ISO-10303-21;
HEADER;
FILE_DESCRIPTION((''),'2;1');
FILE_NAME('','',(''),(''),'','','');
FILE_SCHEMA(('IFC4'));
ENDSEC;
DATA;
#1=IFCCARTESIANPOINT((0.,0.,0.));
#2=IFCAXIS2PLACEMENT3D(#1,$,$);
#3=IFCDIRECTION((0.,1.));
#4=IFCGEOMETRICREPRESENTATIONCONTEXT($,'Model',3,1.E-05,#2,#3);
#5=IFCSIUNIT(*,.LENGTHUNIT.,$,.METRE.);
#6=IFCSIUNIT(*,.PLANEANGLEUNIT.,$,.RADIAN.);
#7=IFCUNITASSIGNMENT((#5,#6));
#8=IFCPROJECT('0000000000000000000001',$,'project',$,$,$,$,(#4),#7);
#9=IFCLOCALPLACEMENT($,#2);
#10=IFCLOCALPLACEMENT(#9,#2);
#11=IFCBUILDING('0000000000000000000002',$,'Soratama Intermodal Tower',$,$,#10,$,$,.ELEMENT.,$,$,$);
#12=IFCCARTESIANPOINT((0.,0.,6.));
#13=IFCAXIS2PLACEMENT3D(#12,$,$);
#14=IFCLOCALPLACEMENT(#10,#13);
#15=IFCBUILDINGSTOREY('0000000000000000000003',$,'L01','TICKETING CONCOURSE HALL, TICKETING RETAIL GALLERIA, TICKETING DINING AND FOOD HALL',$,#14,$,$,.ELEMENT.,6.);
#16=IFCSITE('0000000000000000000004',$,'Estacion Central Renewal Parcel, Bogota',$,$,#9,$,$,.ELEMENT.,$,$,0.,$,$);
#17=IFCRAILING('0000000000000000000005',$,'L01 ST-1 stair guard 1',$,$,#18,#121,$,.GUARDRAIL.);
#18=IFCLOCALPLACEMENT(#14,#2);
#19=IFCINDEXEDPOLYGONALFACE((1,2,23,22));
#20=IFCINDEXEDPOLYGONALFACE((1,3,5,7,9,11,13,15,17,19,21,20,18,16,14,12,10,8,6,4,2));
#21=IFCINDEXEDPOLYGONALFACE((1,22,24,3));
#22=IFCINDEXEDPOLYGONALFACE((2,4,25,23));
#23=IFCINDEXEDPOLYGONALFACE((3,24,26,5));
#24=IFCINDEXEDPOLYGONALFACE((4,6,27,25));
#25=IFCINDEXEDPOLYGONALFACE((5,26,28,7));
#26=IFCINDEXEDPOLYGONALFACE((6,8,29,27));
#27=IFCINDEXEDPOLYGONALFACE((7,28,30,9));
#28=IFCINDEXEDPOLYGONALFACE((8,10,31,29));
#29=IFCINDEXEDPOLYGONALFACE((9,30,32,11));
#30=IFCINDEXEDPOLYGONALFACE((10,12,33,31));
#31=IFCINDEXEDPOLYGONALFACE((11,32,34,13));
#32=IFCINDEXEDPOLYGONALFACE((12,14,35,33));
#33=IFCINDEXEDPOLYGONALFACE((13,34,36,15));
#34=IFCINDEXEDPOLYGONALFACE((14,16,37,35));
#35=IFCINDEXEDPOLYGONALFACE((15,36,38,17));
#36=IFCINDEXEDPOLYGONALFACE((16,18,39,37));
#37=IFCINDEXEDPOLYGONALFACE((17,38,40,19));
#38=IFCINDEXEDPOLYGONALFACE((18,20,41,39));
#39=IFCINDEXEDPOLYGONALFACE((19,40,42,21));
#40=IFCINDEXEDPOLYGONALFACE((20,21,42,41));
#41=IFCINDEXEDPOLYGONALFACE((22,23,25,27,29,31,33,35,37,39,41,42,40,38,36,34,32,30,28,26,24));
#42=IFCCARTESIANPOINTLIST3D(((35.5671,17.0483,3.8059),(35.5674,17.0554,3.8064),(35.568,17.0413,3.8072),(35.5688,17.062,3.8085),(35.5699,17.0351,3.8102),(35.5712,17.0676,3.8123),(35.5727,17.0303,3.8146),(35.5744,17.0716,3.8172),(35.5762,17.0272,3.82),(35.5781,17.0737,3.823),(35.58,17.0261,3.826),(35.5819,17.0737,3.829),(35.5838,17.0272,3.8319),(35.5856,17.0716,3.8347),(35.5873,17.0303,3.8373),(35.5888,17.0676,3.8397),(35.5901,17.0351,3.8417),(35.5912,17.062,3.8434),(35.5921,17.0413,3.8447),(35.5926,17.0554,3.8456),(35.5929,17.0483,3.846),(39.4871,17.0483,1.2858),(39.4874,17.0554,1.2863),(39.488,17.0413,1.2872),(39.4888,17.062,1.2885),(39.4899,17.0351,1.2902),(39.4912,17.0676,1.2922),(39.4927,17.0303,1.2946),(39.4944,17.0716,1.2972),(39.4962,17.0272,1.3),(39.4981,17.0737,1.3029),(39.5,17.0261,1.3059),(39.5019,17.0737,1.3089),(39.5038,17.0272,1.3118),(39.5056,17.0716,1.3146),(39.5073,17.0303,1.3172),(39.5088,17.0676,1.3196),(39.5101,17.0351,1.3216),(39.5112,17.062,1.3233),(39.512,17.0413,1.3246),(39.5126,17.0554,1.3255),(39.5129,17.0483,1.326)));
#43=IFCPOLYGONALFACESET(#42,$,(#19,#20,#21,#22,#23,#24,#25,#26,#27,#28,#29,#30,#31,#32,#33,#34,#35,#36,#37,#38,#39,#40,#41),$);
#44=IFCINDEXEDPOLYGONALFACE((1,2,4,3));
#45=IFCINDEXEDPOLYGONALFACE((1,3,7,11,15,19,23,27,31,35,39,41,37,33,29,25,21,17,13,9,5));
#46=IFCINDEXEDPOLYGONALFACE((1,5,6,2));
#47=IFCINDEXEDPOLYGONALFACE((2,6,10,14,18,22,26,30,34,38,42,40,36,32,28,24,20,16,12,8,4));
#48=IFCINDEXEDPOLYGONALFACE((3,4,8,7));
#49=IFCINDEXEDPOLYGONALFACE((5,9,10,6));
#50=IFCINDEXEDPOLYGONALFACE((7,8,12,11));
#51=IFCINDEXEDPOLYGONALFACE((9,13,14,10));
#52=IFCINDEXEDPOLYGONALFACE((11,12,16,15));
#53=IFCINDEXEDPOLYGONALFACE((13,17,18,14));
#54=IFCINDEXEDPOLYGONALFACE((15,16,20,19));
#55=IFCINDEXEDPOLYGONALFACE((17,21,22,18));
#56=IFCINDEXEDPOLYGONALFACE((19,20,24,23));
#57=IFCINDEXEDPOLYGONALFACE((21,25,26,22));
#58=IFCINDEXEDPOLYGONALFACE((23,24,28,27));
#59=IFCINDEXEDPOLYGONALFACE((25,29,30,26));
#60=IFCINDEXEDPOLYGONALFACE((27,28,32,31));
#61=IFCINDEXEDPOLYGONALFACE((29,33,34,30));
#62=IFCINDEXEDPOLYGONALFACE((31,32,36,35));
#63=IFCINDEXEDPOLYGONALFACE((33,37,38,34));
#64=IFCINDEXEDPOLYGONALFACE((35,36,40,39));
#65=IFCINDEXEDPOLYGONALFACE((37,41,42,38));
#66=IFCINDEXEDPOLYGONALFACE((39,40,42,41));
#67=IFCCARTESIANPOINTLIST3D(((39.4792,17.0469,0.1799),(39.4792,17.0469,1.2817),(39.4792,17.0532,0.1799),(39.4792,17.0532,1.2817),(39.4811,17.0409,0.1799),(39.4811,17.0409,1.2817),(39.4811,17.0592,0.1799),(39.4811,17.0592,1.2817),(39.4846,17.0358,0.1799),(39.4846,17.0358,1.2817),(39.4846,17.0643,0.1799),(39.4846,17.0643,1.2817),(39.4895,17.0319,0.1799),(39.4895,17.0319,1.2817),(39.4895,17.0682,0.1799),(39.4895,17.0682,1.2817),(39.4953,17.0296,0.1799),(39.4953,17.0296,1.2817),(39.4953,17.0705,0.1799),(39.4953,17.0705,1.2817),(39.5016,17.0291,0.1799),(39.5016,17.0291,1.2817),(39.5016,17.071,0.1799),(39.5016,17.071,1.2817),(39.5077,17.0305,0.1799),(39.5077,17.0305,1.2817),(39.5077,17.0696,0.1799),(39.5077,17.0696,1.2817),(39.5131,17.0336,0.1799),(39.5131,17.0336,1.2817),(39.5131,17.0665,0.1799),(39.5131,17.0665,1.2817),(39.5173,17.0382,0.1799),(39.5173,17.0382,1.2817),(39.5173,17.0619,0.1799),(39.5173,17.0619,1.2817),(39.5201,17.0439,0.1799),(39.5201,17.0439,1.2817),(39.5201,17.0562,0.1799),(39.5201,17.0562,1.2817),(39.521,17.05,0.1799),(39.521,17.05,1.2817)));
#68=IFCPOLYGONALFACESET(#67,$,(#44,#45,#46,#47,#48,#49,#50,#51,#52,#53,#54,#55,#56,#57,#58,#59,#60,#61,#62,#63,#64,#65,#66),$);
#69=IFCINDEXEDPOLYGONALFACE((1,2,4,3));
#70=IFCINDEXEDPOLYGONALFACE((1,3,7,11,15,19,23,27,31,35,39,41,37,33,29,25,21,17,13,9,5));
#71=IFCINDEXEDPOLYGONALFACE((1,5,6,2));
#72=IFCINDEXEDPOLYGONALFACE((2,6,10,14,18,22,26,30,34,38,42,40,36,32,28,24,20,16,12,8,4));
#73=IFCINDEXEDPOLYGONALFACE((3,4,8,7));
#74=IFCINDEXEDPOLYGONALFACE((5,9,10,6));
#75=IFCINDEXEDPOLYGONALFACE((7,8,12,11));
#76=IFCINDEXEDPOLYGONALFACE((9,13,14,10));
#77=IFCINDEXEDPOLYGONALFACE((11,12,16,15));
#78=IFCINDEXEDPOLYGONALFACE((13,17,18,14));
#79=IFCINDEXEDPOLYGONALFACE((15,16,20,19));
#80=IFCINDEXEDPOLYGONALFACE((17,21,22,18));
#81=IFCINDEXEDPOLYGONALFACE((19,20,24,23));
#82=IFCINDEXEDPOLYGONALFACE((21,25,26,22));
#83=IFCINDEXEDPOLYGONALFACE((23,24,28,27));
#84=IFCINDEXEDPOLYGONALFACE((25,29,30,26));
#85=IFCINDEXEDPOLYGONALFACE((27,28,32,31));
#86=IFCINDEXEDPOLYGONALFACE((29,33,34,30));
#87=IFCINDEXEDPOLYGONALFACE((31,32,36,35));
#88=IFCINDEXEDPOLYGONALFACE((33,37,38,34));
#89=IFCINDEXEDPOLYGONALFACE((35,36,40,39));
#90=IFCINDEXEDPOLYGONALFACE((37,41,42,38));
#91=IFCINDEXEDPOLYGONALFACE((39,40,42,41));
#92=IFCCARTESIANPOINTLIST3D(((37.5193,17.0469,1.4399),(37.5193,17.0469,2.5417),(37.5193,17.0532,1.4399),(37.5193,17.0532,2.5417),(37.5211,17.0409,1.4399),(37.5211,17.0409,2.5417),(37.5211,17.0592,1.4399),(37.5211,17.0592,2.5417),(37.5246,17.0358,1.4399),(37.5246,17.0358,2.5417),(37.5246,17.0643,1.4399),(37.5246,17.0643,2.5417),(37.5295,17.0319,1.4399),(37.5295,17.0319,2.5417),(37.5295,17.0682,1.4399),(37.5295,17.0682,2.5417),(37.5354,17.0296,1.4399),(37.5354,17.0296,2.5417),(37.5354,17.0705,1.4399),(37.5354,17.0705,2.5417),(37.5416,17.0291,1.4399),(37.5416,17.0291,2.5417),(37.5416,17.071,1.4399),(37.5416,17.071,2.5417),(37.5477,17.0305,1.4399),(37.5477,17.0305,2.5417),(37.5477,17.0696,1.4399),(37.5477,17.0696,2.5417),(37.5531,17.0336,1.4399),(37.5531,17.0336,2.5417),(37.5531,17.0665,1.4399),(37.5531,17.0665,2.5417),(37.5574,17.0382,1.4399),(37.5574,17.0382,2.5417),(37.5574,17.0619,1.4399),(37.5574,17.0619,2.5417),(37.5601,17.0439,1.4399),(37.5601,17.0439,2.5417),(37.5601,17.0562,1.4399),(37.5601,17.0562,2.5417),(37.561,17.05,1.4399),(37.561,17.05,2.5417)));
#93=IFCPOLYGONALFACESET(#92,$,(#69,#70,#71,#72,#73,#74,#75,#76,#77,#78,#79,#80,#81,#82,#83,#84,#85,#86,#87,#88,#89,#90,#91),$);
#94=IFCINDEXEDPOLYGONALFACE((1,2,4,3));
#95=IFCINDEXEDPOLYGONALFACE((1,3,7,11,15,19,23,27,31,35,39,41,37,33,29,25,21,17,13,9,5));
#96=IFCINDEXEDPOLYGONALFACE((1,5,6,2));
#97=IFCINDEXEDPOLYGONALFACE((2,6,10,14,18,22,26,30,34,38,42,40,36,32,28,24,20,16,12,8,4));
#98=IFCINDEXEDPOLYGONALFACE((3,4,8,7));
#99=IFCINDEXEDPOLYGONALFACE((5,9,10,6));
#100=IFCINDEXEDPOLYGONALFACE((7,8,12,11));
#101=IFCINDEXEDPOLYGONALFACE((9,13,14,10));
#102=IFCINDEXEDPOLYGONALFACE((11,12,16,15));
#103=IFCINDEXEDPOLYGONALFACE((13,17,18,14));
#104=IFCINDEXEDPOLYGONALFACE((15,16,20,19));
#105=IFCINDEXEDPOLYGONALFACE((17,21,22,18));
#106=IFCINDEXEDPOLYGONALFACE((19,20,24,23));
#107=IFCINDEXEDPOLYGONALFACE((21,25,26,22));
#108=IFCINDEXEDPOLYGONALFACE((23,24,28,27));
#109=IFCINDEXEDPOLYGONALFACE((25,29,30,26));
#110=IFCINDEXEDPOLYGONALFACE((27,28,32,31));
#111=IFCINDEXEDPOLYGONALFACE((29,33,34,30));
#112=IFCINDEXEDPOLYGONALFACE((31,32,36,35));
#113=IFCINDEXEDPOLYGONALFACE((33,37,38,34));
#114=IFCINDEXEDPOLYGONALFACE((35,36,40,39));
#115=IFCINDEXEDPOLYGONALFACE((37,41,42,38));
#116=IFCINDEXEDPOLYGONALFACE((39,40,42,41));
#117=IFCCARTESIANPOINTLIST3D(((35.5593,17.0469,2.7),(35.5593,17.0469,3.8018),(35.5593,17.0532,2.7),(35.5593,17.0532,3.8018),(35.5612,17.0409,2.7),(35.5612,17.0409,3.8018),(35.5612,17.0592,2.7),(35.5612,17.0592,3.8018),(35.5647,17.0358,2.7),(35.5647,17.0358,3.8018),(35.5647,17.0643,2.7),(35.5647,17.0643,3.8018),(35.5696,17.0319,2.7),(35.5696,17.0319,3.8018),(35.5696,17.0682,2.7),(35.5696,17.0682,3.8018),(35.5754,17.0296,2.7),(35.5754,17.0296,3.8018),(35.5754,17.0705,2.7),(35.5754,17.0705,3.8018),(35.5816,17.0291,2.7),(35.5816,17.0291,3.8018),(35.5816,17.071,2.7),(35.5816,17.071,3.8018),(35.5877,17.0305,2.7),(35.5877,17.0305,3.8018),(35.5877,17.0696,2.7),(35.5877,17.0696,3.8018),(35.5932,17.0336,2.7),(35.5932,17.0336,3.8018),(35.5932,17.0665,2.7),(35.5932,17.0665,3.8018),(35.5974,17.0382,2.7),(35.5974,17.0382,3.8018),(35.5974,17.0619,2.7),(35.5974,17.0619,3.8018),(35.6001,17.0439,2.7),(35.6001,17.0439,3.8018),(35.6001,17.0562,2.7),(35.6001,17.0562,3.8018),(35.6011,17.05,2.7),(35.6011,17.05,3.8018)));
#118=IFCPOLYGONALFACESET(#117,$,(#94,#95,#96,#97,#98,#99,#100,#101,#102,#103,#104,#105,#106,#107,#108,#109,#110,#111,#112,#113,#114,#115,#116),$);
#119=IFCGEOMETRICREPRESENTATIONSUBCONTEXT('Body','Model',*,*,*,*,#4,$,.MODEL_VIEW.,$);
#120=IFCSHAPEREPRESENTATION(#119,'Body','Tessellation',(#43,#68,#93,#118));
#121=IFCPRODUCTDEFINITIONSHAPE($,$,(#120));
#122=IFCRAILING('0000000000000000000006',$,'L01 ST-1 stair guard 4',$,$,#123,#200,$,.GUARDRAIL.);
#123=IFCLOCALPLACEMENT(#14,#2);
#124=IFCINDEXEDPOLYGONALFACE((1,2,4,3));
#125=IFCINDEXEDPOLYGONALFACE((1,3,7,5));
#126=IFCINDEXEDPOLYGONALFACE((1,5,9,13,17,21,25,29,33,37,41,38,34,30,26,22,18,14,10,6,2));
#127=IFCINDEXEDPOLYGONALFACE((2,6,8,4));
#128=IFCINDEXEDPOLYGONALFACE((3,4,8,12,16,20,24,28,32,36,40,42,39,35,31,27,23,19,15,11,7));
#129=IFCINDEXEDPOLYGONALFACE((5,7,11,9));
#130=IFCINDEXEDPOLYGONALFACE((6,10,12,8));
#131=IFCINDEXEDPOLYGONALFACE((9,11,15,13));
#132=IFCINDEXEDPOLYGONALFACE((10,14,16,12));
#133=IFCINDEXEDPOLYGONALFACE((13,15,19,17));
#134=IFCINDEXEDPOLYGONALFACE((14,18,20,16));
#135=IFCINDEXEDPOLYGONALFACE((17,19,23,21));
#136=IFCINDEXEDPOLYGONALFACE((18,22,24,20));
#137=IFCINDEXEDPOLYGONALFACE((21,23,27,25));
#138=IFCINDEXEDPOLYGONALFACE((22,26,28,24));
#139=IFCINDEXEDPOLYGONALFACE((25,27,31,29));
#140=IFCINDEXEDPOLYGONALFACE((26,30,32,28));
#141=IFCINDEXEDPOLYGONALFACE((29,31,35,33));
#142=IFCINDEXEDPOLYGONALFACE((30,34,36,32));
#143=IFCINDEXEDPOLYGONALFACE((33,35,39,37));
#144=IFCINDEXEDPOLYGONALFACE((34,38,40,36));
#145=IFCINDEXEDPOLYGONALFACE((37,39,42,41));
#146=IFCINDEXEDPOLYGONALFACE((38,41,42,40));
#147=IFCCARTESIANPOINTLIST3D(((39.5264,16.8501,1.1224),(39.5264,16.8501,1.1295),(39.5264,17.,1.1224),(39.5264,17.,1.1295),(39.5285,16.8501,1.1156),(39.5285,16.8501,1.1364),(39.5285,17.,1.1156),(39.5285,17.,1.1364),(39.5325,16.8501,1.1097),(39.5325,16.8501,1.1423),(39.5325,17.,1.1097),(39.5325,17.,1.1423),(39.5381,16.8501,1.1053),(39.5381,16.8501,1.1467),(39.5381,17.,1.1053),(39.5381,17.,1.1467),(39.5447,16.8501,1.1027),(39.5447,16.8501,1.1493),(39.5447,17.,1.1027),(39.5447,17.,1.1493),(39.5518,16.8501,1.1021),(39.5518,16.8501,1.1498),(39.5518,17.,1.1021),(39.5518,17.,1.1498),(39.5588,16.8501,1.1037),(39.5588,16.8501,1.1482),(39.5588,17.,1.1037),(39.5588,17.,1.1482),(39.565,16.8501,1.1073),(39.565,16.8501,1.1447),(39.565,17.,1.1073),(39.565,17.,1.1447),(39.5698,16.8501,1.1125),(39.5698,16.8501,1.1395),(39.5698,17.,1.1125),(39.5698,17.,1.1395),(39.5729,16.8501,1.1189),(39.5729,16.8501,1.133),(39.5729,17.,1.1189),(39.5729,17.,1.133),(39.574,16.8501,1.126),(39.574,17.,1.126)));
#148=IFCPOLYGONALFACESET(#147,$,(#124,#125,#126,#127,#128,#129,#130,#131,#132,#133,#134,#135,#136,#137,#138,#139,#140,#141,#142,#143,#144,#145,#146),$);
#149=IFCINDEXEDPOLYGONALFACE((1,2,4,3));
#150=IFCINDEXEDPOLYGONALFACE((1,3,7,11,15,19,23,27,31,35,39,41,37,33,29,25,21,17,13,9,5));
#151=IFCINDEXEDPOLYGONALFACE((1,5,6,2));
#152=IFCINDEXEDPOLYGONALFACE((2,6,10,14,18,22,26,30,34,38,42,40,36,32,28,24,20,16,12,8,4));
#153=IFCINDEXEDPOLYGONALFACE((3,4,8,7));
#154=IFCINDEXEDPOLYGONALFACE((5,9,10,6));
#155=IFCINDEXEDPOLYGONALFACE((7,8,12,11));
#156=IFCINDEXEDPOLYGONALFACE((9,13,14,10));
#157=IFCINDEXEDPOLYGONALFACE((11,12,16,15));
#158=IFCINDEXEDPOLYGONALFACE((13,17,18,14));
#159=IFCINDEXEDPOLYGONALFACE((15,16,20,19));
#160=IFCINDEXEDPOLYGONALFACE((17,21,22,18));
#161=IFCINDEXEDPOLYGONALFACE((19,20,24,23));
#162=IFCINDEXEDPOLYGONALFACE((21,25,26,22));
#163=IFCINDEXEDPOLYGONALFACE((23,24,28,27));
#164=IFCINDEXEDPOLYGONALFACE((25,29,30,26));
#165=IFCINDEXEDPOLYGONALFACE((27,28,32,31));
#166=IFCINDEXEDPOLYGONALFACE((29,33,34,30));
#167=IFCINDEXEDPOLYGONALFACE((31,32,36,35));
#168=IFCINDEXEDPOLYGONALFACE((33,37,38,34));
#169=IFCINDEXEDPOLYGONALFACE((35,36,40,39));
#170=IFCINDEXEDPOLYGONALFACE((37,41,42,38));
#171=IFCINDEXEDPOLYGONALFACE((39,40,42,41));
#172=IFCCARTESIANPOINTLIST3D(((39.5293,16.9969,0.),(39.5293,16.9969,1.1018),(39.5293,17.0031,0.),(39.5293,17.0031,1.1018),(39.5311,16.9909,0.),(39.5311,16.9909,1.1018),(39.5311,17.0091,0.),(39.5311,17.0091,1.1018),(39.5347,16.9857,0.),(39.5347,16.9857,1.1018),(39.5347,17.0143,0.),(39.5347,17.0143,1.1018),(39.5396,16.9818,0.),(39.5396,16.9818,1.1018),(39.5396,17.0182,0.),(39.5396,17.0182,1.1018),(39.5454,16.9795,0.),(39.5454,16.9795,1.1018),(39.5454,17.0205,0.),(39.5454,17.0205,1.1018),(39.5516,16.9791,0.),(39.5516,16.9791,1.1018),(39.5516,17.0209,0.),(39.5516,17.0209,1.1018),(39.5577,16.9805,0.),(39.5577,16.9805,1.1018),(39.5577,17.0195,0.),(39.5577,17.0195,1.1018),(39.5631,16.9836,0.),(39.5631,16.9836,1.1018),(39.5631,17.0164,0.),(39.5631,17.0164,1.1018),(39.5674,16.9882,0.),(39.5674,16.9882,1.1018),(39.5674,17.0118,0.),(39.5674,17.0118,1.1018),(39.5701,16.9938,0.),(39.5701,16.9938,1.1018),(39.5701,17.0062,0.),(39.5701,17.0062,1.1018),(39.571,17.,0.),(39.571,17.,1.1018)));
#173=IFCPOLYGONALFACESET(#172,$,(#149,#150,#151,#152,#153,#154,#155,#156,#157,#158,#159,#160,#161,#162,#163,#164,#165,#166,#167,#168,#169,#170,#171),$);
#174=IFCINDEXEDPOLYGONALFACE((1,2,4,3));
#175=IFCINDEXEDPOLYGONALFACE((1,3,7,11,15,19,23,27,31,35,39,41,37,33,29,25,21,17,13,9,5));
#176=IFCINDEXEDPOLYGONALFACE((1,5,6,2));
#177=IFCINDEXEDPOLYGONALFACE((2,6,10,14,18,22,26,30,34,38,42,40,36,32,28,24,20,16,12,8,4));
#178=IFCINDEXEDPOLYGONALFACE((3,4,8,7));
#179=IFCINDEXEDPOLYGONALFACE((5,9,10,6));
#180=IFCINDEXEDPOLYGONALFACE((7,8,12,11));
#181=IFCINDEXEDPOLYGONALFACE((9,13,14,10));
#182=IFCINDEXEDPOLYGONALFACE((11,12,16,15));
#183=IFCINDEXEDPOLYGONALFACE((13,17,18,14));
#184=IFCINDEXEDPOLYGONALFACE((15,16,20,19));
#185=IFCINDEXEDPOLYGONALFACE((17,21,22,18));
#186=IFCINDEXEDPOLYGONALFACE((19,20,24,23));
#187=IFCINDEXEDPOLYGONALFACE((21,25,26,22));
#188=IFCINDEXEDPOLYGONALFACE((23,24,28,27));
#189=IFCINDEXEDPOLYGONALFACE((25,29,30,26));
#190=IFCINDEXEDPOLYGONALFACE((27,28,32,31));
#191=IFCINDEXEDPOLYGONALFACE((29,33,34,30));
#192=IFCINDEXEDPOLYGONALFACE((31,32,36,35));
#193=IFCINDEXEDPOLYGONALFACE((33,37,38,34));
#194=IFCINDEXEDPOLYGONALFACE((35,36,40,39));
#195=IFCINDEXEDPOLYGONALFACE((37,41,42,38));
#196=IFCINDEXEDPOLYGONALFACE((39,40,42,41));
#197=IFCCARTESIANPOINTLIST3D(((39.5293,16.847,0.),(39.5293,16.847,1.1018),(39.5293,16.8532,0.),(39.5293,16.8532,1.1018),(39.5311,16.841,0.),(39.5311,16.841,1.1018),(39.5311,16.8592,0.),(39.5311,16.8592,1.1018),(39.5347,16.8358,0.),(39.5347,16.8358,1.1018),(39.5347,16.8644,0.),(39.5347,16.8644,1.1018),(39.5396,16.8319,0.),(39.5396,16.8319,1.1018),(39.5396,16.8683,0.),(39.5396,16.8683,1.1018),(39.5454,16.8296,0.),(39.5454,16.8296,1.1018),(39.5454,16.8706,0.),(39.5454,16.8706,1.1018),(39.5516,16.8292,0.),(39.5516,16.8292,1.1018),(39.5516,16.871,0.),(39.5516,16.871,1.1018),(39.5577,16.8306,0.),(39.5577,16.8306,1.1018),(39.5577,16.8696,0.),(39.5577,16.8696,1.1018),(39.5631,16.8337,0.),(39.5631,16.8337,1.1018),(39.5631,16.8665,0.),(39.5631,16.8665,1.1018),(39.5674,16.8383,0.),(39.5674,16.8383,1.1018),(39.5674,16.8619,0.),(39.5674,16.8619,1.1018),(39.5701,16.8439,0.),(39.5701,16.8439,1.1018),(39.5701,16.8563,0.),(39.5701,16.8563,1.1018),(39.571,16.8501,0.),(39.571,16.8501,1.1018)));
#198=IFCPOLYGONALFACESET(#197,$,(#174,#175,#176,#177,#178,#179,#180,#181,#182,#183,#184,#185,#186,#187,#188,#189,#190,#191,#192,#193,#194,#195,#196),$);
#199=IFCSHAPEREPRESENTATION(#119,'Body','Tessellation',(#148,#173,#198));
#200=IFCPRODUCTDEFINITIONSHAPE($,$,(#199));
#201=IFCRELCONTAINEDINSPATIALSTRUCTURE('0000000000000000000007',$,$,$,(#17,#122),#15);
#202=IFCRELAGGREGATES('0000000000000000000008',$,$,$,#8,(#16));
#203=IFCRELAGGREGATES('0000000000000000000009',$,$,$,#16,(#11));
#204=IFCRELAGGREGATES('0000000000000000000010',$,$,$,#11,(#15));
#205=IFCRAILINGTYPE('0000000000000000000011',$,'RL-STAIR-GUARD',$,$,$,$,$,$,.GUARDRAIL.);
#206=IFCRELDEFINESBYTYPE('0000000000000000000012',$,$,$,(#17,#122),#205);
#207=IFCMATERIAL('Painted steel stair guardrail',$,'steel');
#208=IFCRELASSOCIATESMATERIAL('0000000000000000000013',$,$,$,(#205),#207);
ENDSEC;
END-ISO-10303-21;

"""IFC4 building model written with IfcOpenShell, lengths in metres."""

from ifc_helpers import new_model, si_unit, direction, frame, origin, origin_2d, place, context, subcontext, project, spatial, circle, extrude, material, type_object, element, save


model = new_model("IFC4")

# Units and contexts
model_context = context("Model", 3, precision=1e-05, world=origin(), true_north=direction((0.0, 1.0)))
body_context = subcontext(model_context, "Body", "Model", "MODEL_VIEW")
ifc_project = project(units=[si_unit("LENGTHUNIT", "METRE"), si_unit("PLANEANGLEUNIT", "RADIAN")], contexts=[model_context])

# Site, building, storey
site_placement = place(None, origin())
site = spatial("IfcSite", under=ifc_project, at=site_placement, Name="Estacion Central Renewal Parcel, Bogota", CompositionType="ELEMENT", RefElevation=0.0)
building_placement = place(site_placement, origin())
building = spatial("IfcBuilding", under=site, at=building_placement, Name="Soratama Intermodal Tower", CompositionType="ELEMENT")
storey_placement = place(building_placement, frame((0.0, 0.0, 6.0)))
storey = spatial("IfcBuildingStorey", under=building, at=storey_placement, Name="L01", Description="TICKETING CONCOURSE HALL, TICKETING RETAIL GALLERIA, TICKETING DINING AND FOOD HALL", CompositionType="ELEMENT", Elevation=6.0)

# Railings
ifc_material_1 = material(Name="Painted steel stair guardrail", Category="steel")
railing_type_1 = type_object("IfcRailingType", Name="RL-STAIR-GUARD", PredefinedType="GUARDRAIL", material=ifc_material_1)
railing_1_placement = place(storey_placement, frame((39.5, 17.05, 0.1799)))
element("IfcRailing", 1, at=railing_1_placement, inside=storey, type_object=railing_type_1, Name="L01 ST-1 stair guard 1", PredefinedType="GUARDRAIL", context=body_context, shape_type="SweptSolid", body=[
    extrude(circle(Radius=0.0239, at=origin_2d()), frame((0.0, 0.0, 1.126), z_axis=(-0.841172, 0.0, 0.540768), x_axis=(0.0, -1.0, 0.0)), (0.0, 0.0, 1.0), 4.6602),
    extrude(circle(Radius=0.021, at=origin_2d()), origin(), (0.0, 0.0, 1.0), 1.1018),
    extrude(circle(Radius=0.021, at=origin_2d()), frame((-1.96, 0.0, 1.26)), (0.0, 0.0, 1.0), 1.1018),
    extrude(circle(Radius=0.021, at=origin_2d()), frame((-3.9199, 0.0, 2.52)), (0.0, 0.0, 1.0), 1.1018),
])
railing_2_placement = place(storey_placement, frame((39.55, 17.0, 0.0)))
element("IfcRailing", 2, at=railing_2_placement, inside=storey, type_object=railing_type_1, Name="L01 ST-1 stair guard 4", PredefinedType="GUARDRAIL", context=body_context, shape_type="SweptSolid", body=[
    extrude(circle(Radius=0.0239, at=origin_2d()), frame((0.0, 0.0, 1.126), z_axis=(0.0, -1.0, 0.0), x_axis=(1.0, 0.0, 0.0)), (0.0, 0.0, 1.0), 0.1499),
    extrude(circle(Radius=0.021, at=origin_2d()), origin(), (0.0, 0.0, 1.0), 1.1018),
    extrude(circle(Radius=0.021, at=origin_2d()), frame((0.0, -0.1499, 0.0)), (0.0, 0.0, 1.0), 1.1018),
])

save(model, "model.ifc")
